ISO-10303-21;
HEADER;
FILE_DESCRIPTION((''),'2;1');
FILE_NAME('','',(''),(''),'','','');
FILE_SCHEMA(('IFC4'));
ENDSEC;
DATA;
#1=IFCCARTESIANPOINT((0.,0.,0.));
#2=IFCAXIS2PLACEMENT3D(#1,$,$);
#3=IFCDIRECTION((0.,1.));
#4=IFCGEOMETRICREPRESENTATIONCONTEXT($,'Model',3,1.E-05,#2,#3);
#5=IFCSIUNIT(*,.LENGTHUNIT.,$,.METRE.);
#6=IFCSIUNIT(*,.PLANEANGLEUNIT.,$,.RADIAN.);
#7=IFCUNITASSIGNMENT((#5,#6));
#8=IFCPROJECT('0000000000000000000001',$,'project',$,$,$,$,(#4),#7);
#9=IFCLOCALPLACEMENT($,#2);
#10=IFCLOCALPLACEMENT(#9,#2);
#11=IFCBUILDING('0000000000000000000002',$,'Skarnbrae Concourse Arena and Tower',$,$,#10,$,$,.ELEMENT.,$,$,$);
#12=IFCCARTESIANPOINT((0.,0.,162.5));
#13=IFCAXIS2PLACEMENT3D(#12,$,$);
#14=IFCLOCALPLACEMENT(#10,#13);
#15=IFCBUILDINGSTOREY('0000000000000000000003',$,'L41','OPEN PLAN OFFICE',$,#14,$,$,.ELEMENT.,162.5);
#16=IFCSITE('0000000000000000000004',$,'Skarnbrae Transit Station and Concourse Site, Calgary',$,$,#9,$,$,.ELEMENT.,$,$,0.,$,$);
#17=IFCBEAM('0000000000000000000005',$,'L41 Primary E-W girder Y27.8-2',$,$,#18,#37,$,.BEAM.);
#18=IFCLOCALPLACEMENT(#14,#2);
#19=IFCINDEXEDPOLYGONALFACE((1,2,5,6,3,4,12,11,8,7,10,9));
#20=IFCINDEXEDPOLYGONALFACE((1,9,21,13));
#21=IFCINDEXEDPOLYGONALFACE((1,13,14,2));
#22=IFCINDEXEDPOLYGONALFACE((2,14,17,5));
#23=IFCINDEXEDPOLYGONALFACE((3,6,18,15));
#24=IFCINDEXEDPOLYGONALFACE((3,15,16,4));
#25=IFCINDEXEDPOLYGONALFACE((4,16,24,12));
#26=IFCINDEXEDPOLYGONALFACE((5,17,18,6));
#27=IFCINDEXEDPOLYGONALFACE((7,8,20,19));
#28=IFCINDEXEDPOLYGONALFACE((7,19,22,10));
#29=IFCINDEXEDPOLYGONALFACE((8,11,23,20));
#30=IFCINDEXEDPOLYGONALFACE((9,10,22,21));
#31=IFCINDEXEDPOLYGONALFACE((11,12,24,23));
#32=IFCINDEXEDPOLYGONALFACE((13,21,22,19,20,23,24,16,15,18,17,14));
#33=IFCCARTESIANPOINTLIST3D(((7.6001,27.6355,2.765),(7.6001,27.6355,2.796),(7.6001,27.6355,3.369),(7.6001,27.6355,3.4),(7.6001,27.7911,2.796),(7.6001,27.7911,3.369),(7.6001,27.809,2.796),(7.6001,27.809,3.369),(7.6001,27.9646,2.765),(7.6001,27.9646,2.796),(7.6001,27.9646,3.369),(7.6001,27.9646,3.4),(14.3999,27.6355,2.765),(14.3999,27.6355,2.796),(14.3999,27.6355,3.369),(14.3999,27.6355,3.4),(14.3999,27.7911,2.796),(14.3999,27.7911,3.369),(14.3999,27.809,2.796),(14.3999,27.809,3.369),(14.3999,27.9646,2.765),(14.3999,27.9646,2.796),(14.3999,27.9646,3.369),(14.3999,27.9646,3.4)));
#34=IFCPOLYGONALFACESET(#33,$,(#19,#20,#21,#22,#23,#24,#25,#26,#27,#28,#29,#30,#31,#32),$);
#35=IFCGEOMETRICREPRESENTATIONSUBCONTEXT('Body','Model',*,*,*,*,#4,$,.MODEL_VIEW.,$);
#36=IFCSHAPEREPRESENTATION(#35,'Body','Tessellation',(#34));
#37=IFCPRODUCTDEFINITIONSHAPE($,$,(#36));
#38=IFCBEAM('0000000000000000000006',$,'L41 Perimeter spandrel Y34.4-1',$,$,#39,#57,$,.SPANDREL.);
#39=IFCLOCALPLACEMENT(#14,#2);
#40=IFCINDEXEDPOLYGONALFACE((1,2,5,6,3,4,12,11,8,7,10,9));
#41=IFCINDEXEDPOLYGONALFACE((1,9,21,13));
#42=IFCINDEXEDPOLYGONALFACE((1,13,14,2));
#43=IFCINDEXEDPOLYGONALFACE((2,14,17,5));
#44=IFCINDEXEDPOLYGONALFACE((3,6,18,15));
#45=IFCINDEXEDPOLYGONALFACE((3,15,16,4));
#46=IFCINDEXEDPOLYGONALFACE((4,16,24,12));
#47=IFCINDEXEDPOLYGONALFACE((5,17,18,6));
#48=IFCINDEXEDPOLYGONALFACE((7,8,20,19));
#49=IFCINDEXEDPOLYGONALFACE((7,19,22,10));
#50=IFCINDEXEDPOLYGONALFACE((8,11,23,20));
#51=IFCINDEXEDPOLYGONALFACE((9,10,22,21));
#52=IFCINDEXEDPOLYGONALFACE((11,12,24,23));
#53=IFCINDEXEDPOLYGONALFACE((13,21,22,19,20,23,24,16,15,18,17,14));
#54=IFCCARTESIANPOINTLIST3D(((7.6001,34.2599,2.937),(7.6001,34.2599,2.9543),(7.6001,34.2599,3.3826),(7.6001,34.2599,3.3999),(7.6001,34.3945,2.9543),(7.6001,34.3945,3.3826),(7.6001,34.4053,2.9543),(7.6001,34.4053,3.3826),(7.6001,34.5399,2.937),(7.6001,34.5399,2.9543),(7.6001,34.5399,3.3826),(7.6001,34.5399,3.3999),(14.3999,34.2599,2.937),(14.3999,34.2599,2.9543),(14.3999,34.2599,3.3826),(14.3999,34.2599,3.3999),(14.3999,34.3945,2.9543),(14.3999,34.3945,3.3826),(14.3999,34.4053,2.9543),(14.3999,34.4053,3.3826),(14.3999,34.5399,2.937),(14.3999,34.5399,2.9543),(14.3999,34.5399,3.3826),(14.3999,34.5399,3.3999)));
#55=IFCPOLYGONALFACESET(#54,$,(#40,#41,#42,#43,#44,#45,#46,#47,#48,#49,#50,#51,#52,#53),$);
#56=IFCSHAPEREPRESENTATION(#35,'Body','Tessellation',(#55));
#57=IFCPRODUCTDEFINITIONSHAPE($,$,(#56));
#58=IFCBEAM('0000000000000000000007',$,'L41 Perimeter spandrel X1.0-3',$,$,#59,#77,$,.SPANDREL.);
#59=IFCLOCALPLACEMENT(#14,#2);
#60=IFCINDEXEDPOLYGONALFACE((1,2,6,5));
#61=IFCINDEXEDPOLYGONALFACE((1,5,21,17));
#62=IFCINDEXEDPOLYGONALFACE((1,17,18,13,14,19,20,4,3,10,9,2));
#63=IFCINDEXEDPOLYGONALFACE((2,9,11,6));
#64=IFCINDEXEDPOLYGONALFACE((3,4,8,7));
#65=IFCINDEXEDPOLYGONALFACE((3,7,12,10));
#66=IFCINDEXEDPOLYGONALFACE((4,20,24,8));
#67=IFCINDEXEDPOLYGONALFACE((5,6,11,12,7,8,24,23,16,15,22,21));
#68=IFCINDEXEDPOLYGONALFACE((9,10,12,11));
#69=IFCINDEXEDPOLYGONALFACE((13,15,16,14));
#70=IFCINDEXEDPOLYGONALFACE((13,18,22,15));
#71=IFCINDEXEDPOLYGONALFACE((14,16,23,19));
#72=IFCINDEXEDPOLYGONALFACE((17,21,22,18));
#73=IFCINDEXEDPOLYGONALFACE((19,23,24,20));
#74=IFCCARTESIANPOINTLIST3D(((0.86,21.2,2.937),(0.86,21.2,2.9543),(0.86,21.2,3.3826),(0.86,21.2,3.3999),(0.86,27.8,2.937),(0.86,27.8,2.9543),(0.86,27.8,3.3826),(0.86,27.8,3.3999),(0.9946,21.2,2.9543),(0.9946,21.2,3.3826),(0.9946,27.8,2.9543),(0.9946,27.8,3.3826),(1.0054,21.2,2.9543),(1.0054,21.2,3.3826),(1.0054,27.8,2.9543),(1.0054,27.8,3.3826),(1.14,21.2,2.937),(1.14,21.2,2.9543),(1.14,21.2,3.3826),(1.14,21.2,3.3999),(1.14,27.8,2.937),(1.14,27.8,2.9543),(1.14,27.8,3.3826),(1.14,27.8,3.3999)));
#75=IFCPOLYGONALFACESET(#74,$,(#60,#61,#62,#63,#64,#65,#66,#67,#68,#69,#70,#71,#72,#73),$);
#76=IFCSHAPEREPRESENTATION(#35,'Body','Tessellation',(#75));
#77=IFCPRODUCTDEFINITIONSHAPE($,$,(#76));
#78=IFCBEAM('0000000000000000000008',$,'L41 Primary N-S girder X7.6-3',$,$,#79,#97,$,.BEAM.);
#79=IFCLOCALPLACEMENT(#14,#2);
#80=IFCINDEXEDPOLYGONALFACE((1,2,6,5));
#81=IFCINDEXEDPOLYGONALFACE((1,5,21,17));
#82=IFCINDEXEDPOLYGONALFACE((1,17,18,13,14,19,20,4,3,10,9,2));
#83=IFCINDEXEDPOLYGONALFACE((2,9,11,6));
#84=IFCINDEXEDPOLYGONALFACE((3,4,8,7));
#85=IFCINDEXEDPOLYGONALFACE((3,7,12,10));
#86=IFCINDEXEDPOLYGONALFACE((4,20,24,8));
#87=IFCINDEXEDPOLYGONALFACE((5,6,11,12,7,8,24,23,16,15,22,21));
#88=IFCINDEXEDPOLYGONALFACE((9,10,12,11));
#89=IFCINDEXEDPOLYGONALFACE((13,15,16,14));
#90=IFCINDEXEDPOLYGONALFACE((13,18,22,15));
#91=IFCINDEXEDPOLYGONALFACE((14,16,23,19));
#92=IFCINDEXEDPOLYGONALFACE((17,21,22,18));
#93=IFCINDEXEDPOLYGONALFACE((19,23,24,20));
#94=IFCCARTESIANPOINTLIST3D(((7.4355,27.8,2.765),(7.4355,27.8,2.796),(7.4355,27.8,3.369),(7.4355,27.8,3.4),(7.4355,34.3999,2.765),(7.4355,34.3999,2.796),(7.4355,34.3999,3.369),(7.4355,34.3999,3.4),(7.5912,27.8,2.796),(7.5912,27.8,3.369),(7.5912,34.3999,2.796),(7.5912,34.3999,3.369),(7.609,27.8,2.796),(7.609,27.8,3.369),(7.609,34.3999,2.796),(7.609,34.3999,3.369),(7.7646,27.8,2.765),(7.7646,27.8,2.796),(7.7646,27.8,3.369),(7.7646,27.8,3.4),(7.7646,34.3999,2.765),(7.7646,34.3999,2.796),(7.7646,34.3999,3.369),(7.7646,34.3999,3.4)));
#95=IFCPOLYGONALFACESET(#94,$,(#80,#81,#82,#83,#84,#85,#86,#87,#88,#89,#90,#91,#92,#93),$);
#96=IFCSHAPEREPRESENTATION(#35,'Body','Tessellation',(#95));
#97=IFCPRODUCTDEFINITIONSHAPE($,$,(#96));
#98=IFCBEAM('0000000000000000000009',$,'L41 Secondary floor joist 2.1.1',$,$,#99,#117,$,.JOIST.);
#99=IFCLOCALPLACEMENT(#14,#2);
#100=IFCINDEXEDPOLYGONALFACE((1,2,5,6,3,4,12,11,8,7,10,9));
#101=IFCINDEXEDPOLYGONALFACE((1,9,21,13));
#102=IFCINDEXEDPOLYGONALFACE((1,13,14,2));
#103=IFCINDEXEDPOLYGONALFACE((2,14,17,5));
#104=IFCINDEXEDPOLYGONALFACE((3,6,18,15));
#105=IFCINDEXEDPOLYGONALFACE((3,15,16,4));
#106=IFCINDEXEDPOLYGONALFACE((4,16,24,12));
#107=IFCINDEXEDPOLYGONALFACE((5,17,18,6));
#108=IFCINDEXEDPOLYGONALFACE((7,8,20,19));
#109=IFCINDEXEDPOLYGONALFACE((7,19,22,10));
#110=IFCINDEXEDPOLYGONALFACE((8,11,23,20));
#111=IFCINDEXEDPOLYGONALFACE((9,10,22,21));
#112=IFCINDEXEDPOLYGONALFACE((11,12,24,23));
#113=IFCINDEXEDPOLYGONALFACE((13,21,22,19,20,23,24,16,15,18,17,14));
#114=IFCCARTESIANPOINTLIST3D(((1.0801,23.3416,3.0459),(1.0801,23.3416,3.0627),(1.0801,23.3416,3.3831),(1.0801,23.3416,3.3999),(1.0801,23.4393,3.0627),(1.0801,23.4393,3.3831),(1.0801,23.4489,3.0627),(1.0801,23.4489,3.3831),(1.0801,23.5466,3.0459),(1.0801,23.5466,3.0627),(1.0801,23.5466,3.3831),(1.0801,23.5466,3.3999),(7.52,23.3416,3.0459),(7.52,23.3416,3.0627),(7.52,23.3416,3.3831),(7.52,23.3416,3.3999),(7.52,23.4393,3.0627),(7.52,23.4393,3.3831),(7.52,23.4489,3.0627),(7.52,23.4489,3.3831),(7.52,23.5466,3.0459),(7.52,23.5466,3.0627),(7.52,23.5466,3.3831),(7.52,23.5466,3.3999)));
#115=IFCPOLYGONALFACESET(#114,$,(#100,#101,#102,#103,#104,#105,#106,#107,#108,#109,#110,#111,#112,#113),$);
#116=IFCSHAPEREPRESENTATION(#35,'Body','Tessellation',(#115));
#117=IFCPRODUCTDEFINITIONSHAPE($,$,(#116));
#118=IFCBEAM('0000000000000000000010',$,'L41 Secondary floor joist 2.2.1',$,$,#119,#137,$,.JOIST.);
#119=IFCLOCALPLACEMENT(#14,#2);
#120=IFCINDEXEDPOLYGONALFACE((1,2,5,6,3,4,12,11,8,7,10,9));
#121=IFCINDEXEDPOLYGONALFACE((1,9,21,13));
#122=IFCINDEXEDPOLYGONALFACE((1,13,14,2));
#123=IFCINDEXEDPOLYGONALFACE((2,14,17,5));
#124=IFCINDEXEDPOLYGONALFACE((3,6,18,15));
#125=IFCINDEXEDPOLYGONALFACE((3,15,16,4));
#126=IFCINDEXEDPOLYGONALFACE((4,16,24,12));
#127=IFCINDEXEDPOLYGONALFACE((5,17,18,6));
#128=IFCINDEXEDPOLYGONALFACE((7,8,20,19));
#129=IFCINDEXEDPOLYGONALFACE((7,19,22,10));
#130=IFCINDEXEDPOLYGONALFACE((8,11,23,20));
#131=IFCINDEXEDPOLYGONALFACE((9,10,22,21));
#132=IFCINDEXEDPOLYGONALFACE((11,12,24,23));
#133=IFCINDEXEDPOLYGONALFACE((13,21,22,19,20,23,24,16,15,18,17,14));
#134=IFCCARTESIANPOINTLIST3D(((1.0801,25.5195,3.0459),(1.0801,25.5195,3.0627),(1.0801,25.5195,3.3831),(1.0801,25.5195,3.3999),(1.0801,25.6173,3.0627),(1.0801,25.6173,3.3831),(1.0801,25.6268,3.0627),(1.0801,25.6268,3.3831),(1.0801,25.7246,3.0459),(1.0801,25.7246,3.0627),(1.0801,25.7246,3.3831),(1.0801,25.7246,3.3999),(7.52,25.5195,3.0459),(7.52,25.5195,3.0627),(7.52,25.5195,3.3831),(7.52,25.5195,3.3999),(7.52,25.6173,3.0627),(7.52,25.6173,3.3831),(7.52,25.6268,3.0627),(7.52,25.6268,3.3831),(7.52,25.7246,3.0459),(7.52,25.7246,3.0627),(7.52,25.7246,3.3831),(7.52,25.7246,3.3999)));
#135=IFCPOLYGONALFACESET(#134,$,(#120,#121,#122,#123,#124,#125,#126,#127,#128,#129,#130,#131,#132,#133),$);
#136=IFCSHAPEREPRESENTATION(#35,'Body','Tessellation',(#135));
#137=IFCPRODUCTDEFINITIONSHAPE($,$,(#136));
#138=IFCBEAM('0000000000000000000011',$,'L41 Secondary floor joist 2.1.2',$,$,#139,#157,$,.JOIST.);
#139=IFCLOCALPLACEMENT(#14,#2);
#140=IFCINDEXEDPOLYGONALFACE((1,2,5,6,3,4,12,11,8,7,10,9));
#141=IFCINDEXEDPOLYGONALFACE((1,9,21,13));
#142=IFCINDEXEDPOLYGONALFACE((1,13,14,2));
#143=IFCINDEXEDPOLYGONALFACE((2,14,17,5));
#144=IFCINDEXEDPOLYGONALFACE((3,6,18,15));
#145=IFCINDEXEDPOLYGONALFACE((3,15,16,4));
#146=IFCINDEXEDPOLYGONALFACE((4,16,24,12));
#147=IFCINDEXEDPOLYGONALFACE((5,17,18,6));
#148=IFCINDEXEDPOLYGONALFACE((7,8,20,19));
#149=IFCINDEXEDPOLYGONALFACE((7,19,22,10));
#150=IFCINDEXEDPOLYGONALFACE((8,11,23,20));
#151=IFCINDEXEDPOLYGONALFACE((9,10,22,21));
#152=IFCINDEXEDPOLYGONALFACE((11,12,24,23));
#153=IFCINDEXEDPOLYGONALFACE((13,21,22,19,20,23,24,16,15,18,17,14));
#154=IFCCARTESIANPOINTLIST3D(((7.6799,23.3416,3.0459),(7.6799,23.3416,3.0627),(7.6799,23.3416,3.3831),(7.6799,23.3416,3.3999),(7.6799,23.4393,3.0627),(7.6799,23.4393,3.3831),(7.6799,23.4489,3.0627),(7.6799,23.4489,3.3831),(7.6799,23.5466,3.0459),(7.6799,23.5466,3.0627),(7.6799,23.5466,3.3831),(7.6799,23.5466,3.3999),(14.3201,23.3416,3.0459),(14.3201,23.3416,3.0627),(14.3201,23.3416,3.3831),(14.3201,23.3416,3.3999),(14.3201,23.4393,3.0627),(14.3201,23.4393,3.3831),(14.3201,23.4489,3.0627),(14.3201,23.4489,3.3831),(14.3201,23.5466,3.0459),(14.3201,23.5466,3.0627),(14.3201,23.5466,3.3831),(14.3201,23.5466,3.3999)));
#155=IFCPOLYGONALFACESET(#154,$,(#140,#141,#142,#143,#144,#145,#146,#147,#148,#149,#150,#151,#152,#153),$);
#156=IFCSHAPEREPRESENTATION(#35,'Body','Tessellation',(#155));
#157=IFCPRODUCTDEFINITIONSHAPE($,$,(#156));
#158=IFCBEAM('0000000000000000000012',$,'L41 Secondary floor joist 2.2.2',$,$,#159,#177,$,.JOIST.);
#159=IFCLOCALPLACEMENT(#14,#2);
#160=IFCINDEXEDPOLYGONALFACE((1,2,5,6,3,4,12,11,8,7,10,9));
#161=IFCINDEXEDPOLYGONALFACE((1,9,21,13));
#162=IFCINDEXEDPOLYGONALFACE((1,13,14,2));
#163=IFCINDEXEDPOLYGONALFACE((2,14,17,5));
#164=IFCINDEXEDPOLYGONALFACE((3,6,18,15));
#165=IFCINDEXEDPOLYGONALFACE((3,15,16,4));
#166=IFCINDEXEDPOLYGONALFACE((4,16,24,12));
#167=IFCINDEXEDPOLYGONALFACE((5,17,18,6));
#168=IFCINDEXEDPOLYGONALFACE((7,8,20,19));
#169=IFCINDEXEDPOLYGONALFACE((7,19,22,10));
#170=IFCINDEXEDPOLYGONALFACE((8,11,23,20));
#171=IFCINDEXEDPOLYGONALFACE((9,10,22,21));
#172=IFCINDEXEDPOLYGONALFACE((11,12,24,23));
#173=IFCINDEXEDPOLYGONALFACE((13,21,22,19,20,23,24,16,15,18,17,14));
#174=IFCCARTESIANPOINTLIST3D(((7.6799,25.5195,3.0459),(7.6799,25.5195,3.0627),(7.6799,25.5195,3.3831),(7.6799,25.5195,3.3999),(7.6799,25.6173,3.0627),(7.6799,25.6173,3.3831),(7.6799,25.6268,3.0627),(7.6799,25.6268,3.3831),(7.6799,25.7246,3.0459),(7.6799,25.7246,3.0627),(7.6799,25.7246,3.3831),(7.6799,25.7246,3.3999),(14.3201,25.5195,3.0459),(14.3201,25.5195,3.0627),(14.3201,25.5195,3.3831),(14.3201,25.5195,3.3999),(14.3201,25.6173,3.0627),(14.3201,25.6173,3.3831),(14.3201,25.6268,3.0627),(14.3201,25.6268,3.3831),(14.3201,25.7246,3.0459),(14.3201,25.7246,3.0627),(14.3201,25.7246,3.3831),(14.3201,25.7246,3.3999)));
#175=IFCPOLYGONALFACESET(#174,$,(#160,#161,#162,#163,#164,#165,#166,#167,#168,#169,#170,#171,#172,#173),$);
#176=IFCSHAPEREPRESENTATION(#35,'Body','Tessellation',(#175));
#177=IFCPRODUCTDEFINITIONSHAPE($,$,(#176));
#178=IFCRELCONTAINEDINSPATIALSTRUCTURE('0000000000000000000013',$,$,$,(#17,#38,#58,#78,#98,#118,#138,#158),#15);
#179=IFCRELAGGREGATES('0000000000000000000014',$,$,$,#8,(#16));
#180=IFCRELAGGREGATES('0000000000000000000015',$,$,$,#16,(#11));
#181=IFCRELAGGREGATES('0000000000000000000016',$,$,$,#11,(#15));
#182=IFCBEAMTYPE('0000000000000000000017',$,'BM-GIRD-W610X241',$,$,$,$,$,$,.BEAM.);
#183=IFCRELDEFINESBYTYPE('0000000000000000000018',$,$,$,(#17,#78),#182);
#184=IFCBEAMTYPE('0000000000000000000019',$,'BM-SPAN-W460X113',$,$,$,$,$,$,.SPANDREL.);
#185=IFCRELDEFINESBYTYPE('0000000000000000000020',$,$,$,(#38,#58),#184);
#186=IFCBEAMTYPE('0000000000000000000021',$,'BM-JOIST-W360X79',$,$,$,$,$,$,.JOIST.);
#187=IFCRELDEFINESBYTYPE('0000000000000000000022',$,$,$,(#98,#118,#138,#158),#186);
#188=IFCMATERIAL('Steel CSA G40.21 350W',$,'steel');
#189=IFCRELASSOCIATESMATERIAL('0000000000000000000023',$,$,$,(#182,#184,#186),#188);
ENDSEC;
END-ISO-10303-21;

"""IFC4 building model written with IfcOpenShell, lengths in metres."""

from ifc_helpers import new_model, si_unit, direction, frame, origin, origin_2d, place, context, subcontext, project, spatial, i_section, extrude, source, transform, mapped, material, material_profile, profile_set, type_object, element, save


model = new_model("IFC4")

# Units and contexts
model_context = context("Model", 3, precision=1e-05, world=origin(), true_north=direction((0.0, 1.0)))
body_context = subcontext(model_context, "Body", "Model", "MODEL_VIEW")
ifc_project = project(units=[si_unit("LENGTHUNIT", "METRE"), si_unit("PLANEANGLEUNIT", "RADIAN")], contexts=[model_context])

# Site, building, storey
site_placement = place(None, origin())
site = spatial("IfcSite", under=ifc_project, at=site_placement, Name="Skarnbrae Transit Station and Concourse Site, Calgary", CompositionType="ELEMENT", RefElevation=0.0)
building_placement = place(site_placement, origin())
building = spatial("IfcBuilding", under=site, at=building_placement, Name="Skarnbrae Concourse Arena and Tower", CompositionType="ELEMENT")
storey_placement = place(building_placement, frame((0.0, 0.0, 162.5)))
storey = spatial("IfcBuildingStorey", under=building, at=storey_placement, Name="L41", Description="OPEN PLAN OFFICE", CompositionType="ELEMENT", Elevation=162.5)

# Shared definitions
ifc_material_1 = material(Name="Steel CSA G40.21 350W", Category="steel")

# Beams
ifc_material_profile_1 = material_profile(ifc_material_1, i_section(OverallWidth=0.3291, OverallDepth=0.635, WebThickness=0.0178, FlangeThickness=0.031, at=origin_2d()), Name="W610X241")
ifc_profile_set_1 = profile_set([ifc_material_profile_1], Name="Steel CSA G40.21 350W")
beam_type_1 = type_object("IfcBeamType", Name="BM-GIRD-W610X241", PredefinedType="BEAM", material=ifc_profile_set_1)
shared_shape_1 = source(origin(), body_context, "Body", "SweptSolid", [
    extrude(i_section(OverallWidth=0.3291, OverallDepth=0.635, WebThickness=0.0178, FlangeThickness=0.031, at=origin_2d()), origin(), (0.0, 0.0, 1.0), 6.7998),
])
for number, where, z_axis, x_axis, name in (
    (1, (7.6001, 27.8, 3.0825), (1.0, 0.0, 0.0), (0.0, 1.0, 0.0), "L41 Primary E-W girder Y27.8-2"),
):
    element("IfcBeam", number, at=place(storey_placement, frame(where, z_axis=z_axis, x_axis=x_axis)), inside=storey, type_object=beam_type_1, Name=name, PredefinedType="BEAM", context=body_context, shape_type="MappedRepresentation", body=[
        mapped(shared_shape_1, transform((0.0, 0.0, 0.0))),
    ])
ifc_material_profile_2 = material_profile(ifc_material_1, i_section(OverallWidth=0.28, OverallDepth=0.4629, WebThickness=0.0107, FlangeThickness=0.0173, at=origin_2d()), Name="W460X113")
ifc_profile_set_2 = profile_set([ifc_material_profile_2], Name="Steel CSA G40.21 350W")
beam_type_2 = type_object("IfcBeamType", Name="BM-SPAN-W460X113", PredefinedType="SPANDREL", material=ifc_profile_set_2)
shared_shape_2 = source(origin(), body_context, "Body", "SweptSolid", [
    extrude(i_section(OverallWidth=0.28, OverallDepth=0.4629, WebThickness=0.0107, FlangeThickness=0.0173, at=origin_2d()), origin(), (0.0, 0.0, 1.0), 6.7998),
])
beam_1_placement = place(storey_placement, frame((7.6001, 34.3999, 3.1685), z_axis=(1.0, 0.0, 0.0), x_axis=(0.0, 1.0, 0.0)))
element("IfcBeam", 2, at=beam_1_placement, inside=storey, type_object=beam_type_2, Name="L41 Perimeter spandrel Y34.4-1", PredefinedType="SPANDREL", context=body_context, shape_type="MappedRepresentation", body=[
    mapped(shared_shape_2, transform((0.0, 0.0, 0.0))),
])
shared_shape_3 = source(origin(), body_context, "Body", "SweptSolid", [
    extrude(i_section(OverallWidth=0.28, OverallDepth=0.4629, WebThickness=0.0107, FlangeThickness=0.0173, at=origin_2d()), origin(), (0.0, 0.0, 1.0), 6.6001),
])
beam_2_placement = place(storey_placement, frame((1.0, 21.2, 3.1685), z_axis=(0.0, 1.0, 0.0), x_axis=(-1.0, 0.0, 0.0)))
element("IfcBeam", 3, at=beam_2_placement, inside=storey, type_object=beam_type_2, Name="L41 Perimeter spandrel X1.0-3", PredefinedType="SPANDREL", context=body_context, shape_type="MappedRepresentation", body=[
    mapped(shared_shape_3, transform((0.0, 0.0, 0.0))),
])
shared_shape_4 = source(origin(), body_context, "Body", "SweptSolid", [
    extrude(i_section(OverallWidth=0.3291, OverallDepth=0.635, WebThickness=0.0178, FlangeThickness=0.031, at=origin_2d()), origin(), (0.0, 0.0, 1.0), 6.5999),
])
beam_3_placement = place(storey_placement, frame((7.6001, 27.8, 3.0825), z_axis=(0.0, 1.0, 0.0), x_axis=(-1.0, 0.0, 0.0)))
element("IfcBeam", 4, at=beam_3_placement, inside=storey, type_object=beam_type_1, Name="L41 Primary N-S girder X7.6-3", PredefinedType="BEAM", context=body_context, shape_type="MappedRepresentation", body=[
    mapped(shared_shape_4, transform((0.0, 0.0, 0.0))),
])
ifc_material_profile_3 = material_profile(ifc_material_1, i_section(OverallWidth=0.2051, OverallDepth=0.354, WebThickness=0.0095, FlangeThickness=0.0168, at=origin_2d()), Name="W360X79")
ifc_profile_set_3 = profile_set([ifc_material_profile_3], Name="Steel CSA G40.21 350W")
beam_type_3 = type_object("IfcBeamType", Name="BM-JOIST-W360X79", PredefinedType="JOIST", material=ifc_profile_set_3)
shared_shape_5 = source(origin(), body_context, "Body", "SweptSolid", [
    extrude(i_section(OverallWidth=0.2051, OverallDepth=0.354, WebThickness=0.0095, FlangeThickness=0.0168, at=origin_2d()), origin(), (0.0, 0.0, 1.0), 6.4399),
])
for number, where, z_axis, x_axis, name in (
    (5, (1.0801, 23.4441, 3.2229), (1.0, 0.0, 0.0), (0.0, 1.0, 0.0), "L41 Secondary floor joist 2.1.1"),
    (6, (1.0801, 25.6221, 3.2229), (1.0, 0.0, 0.0), (0.0, 1.0, 0.0), "L41 Secondary floor joist 2.2.1"),
):
    element("IfcBeam", number, at=place(storey_placement, frame(where, z_axis=z_axis, x_axis=x_axis)), inside=storey, type_object=beam_type_3, Name=name, PredefinedType="JOIST", context=body_context, shape_type="MappedRepresentation", body=[
        mapped(shared_shape_5, transform((0.0, 0.0, 0.0))),
    ])
shared_shape_6 = source(origin(), body_context, "Body", "SweptSolid", [
    extrude(i_section(OverallWidth=0.2051, OverallDepth=0.354, WebThickness=0.0095, FlangeThickness=0.0168, at=origin_2d()), origin(), (0.0, 0.0, 1.0), 6.6401),
])
for number, where, z_axis, x_axis, name in (
    (7, (7.6799, 23.4441, 3.2229), (1.0, 0.0, 0.0), (0.0, 1.0, 0.0), "L41 Secondary floor joist 2.1.2"),
    (8, (7.6799, 25.6221, 3.2229), (1.0, 0.0, 0.0), (0.0, 1.0, 0.0), "L41 Secondary floor joist 2.2.2"),
):
    element("IfcBeam", number, at=place(storey_placement, frame(where, z_axis=z_axis, x_axis=x_axis)), inside=storey, type_object=beam_type_3, Name=name, PredefinedType="JOIST", context=body_context, shape_type="MappedRepresentation", body=[
        mapped(shared_shape_6, transform((0.0, 0.0, 0.0))),
    ])

save(model, "model.ifc")
